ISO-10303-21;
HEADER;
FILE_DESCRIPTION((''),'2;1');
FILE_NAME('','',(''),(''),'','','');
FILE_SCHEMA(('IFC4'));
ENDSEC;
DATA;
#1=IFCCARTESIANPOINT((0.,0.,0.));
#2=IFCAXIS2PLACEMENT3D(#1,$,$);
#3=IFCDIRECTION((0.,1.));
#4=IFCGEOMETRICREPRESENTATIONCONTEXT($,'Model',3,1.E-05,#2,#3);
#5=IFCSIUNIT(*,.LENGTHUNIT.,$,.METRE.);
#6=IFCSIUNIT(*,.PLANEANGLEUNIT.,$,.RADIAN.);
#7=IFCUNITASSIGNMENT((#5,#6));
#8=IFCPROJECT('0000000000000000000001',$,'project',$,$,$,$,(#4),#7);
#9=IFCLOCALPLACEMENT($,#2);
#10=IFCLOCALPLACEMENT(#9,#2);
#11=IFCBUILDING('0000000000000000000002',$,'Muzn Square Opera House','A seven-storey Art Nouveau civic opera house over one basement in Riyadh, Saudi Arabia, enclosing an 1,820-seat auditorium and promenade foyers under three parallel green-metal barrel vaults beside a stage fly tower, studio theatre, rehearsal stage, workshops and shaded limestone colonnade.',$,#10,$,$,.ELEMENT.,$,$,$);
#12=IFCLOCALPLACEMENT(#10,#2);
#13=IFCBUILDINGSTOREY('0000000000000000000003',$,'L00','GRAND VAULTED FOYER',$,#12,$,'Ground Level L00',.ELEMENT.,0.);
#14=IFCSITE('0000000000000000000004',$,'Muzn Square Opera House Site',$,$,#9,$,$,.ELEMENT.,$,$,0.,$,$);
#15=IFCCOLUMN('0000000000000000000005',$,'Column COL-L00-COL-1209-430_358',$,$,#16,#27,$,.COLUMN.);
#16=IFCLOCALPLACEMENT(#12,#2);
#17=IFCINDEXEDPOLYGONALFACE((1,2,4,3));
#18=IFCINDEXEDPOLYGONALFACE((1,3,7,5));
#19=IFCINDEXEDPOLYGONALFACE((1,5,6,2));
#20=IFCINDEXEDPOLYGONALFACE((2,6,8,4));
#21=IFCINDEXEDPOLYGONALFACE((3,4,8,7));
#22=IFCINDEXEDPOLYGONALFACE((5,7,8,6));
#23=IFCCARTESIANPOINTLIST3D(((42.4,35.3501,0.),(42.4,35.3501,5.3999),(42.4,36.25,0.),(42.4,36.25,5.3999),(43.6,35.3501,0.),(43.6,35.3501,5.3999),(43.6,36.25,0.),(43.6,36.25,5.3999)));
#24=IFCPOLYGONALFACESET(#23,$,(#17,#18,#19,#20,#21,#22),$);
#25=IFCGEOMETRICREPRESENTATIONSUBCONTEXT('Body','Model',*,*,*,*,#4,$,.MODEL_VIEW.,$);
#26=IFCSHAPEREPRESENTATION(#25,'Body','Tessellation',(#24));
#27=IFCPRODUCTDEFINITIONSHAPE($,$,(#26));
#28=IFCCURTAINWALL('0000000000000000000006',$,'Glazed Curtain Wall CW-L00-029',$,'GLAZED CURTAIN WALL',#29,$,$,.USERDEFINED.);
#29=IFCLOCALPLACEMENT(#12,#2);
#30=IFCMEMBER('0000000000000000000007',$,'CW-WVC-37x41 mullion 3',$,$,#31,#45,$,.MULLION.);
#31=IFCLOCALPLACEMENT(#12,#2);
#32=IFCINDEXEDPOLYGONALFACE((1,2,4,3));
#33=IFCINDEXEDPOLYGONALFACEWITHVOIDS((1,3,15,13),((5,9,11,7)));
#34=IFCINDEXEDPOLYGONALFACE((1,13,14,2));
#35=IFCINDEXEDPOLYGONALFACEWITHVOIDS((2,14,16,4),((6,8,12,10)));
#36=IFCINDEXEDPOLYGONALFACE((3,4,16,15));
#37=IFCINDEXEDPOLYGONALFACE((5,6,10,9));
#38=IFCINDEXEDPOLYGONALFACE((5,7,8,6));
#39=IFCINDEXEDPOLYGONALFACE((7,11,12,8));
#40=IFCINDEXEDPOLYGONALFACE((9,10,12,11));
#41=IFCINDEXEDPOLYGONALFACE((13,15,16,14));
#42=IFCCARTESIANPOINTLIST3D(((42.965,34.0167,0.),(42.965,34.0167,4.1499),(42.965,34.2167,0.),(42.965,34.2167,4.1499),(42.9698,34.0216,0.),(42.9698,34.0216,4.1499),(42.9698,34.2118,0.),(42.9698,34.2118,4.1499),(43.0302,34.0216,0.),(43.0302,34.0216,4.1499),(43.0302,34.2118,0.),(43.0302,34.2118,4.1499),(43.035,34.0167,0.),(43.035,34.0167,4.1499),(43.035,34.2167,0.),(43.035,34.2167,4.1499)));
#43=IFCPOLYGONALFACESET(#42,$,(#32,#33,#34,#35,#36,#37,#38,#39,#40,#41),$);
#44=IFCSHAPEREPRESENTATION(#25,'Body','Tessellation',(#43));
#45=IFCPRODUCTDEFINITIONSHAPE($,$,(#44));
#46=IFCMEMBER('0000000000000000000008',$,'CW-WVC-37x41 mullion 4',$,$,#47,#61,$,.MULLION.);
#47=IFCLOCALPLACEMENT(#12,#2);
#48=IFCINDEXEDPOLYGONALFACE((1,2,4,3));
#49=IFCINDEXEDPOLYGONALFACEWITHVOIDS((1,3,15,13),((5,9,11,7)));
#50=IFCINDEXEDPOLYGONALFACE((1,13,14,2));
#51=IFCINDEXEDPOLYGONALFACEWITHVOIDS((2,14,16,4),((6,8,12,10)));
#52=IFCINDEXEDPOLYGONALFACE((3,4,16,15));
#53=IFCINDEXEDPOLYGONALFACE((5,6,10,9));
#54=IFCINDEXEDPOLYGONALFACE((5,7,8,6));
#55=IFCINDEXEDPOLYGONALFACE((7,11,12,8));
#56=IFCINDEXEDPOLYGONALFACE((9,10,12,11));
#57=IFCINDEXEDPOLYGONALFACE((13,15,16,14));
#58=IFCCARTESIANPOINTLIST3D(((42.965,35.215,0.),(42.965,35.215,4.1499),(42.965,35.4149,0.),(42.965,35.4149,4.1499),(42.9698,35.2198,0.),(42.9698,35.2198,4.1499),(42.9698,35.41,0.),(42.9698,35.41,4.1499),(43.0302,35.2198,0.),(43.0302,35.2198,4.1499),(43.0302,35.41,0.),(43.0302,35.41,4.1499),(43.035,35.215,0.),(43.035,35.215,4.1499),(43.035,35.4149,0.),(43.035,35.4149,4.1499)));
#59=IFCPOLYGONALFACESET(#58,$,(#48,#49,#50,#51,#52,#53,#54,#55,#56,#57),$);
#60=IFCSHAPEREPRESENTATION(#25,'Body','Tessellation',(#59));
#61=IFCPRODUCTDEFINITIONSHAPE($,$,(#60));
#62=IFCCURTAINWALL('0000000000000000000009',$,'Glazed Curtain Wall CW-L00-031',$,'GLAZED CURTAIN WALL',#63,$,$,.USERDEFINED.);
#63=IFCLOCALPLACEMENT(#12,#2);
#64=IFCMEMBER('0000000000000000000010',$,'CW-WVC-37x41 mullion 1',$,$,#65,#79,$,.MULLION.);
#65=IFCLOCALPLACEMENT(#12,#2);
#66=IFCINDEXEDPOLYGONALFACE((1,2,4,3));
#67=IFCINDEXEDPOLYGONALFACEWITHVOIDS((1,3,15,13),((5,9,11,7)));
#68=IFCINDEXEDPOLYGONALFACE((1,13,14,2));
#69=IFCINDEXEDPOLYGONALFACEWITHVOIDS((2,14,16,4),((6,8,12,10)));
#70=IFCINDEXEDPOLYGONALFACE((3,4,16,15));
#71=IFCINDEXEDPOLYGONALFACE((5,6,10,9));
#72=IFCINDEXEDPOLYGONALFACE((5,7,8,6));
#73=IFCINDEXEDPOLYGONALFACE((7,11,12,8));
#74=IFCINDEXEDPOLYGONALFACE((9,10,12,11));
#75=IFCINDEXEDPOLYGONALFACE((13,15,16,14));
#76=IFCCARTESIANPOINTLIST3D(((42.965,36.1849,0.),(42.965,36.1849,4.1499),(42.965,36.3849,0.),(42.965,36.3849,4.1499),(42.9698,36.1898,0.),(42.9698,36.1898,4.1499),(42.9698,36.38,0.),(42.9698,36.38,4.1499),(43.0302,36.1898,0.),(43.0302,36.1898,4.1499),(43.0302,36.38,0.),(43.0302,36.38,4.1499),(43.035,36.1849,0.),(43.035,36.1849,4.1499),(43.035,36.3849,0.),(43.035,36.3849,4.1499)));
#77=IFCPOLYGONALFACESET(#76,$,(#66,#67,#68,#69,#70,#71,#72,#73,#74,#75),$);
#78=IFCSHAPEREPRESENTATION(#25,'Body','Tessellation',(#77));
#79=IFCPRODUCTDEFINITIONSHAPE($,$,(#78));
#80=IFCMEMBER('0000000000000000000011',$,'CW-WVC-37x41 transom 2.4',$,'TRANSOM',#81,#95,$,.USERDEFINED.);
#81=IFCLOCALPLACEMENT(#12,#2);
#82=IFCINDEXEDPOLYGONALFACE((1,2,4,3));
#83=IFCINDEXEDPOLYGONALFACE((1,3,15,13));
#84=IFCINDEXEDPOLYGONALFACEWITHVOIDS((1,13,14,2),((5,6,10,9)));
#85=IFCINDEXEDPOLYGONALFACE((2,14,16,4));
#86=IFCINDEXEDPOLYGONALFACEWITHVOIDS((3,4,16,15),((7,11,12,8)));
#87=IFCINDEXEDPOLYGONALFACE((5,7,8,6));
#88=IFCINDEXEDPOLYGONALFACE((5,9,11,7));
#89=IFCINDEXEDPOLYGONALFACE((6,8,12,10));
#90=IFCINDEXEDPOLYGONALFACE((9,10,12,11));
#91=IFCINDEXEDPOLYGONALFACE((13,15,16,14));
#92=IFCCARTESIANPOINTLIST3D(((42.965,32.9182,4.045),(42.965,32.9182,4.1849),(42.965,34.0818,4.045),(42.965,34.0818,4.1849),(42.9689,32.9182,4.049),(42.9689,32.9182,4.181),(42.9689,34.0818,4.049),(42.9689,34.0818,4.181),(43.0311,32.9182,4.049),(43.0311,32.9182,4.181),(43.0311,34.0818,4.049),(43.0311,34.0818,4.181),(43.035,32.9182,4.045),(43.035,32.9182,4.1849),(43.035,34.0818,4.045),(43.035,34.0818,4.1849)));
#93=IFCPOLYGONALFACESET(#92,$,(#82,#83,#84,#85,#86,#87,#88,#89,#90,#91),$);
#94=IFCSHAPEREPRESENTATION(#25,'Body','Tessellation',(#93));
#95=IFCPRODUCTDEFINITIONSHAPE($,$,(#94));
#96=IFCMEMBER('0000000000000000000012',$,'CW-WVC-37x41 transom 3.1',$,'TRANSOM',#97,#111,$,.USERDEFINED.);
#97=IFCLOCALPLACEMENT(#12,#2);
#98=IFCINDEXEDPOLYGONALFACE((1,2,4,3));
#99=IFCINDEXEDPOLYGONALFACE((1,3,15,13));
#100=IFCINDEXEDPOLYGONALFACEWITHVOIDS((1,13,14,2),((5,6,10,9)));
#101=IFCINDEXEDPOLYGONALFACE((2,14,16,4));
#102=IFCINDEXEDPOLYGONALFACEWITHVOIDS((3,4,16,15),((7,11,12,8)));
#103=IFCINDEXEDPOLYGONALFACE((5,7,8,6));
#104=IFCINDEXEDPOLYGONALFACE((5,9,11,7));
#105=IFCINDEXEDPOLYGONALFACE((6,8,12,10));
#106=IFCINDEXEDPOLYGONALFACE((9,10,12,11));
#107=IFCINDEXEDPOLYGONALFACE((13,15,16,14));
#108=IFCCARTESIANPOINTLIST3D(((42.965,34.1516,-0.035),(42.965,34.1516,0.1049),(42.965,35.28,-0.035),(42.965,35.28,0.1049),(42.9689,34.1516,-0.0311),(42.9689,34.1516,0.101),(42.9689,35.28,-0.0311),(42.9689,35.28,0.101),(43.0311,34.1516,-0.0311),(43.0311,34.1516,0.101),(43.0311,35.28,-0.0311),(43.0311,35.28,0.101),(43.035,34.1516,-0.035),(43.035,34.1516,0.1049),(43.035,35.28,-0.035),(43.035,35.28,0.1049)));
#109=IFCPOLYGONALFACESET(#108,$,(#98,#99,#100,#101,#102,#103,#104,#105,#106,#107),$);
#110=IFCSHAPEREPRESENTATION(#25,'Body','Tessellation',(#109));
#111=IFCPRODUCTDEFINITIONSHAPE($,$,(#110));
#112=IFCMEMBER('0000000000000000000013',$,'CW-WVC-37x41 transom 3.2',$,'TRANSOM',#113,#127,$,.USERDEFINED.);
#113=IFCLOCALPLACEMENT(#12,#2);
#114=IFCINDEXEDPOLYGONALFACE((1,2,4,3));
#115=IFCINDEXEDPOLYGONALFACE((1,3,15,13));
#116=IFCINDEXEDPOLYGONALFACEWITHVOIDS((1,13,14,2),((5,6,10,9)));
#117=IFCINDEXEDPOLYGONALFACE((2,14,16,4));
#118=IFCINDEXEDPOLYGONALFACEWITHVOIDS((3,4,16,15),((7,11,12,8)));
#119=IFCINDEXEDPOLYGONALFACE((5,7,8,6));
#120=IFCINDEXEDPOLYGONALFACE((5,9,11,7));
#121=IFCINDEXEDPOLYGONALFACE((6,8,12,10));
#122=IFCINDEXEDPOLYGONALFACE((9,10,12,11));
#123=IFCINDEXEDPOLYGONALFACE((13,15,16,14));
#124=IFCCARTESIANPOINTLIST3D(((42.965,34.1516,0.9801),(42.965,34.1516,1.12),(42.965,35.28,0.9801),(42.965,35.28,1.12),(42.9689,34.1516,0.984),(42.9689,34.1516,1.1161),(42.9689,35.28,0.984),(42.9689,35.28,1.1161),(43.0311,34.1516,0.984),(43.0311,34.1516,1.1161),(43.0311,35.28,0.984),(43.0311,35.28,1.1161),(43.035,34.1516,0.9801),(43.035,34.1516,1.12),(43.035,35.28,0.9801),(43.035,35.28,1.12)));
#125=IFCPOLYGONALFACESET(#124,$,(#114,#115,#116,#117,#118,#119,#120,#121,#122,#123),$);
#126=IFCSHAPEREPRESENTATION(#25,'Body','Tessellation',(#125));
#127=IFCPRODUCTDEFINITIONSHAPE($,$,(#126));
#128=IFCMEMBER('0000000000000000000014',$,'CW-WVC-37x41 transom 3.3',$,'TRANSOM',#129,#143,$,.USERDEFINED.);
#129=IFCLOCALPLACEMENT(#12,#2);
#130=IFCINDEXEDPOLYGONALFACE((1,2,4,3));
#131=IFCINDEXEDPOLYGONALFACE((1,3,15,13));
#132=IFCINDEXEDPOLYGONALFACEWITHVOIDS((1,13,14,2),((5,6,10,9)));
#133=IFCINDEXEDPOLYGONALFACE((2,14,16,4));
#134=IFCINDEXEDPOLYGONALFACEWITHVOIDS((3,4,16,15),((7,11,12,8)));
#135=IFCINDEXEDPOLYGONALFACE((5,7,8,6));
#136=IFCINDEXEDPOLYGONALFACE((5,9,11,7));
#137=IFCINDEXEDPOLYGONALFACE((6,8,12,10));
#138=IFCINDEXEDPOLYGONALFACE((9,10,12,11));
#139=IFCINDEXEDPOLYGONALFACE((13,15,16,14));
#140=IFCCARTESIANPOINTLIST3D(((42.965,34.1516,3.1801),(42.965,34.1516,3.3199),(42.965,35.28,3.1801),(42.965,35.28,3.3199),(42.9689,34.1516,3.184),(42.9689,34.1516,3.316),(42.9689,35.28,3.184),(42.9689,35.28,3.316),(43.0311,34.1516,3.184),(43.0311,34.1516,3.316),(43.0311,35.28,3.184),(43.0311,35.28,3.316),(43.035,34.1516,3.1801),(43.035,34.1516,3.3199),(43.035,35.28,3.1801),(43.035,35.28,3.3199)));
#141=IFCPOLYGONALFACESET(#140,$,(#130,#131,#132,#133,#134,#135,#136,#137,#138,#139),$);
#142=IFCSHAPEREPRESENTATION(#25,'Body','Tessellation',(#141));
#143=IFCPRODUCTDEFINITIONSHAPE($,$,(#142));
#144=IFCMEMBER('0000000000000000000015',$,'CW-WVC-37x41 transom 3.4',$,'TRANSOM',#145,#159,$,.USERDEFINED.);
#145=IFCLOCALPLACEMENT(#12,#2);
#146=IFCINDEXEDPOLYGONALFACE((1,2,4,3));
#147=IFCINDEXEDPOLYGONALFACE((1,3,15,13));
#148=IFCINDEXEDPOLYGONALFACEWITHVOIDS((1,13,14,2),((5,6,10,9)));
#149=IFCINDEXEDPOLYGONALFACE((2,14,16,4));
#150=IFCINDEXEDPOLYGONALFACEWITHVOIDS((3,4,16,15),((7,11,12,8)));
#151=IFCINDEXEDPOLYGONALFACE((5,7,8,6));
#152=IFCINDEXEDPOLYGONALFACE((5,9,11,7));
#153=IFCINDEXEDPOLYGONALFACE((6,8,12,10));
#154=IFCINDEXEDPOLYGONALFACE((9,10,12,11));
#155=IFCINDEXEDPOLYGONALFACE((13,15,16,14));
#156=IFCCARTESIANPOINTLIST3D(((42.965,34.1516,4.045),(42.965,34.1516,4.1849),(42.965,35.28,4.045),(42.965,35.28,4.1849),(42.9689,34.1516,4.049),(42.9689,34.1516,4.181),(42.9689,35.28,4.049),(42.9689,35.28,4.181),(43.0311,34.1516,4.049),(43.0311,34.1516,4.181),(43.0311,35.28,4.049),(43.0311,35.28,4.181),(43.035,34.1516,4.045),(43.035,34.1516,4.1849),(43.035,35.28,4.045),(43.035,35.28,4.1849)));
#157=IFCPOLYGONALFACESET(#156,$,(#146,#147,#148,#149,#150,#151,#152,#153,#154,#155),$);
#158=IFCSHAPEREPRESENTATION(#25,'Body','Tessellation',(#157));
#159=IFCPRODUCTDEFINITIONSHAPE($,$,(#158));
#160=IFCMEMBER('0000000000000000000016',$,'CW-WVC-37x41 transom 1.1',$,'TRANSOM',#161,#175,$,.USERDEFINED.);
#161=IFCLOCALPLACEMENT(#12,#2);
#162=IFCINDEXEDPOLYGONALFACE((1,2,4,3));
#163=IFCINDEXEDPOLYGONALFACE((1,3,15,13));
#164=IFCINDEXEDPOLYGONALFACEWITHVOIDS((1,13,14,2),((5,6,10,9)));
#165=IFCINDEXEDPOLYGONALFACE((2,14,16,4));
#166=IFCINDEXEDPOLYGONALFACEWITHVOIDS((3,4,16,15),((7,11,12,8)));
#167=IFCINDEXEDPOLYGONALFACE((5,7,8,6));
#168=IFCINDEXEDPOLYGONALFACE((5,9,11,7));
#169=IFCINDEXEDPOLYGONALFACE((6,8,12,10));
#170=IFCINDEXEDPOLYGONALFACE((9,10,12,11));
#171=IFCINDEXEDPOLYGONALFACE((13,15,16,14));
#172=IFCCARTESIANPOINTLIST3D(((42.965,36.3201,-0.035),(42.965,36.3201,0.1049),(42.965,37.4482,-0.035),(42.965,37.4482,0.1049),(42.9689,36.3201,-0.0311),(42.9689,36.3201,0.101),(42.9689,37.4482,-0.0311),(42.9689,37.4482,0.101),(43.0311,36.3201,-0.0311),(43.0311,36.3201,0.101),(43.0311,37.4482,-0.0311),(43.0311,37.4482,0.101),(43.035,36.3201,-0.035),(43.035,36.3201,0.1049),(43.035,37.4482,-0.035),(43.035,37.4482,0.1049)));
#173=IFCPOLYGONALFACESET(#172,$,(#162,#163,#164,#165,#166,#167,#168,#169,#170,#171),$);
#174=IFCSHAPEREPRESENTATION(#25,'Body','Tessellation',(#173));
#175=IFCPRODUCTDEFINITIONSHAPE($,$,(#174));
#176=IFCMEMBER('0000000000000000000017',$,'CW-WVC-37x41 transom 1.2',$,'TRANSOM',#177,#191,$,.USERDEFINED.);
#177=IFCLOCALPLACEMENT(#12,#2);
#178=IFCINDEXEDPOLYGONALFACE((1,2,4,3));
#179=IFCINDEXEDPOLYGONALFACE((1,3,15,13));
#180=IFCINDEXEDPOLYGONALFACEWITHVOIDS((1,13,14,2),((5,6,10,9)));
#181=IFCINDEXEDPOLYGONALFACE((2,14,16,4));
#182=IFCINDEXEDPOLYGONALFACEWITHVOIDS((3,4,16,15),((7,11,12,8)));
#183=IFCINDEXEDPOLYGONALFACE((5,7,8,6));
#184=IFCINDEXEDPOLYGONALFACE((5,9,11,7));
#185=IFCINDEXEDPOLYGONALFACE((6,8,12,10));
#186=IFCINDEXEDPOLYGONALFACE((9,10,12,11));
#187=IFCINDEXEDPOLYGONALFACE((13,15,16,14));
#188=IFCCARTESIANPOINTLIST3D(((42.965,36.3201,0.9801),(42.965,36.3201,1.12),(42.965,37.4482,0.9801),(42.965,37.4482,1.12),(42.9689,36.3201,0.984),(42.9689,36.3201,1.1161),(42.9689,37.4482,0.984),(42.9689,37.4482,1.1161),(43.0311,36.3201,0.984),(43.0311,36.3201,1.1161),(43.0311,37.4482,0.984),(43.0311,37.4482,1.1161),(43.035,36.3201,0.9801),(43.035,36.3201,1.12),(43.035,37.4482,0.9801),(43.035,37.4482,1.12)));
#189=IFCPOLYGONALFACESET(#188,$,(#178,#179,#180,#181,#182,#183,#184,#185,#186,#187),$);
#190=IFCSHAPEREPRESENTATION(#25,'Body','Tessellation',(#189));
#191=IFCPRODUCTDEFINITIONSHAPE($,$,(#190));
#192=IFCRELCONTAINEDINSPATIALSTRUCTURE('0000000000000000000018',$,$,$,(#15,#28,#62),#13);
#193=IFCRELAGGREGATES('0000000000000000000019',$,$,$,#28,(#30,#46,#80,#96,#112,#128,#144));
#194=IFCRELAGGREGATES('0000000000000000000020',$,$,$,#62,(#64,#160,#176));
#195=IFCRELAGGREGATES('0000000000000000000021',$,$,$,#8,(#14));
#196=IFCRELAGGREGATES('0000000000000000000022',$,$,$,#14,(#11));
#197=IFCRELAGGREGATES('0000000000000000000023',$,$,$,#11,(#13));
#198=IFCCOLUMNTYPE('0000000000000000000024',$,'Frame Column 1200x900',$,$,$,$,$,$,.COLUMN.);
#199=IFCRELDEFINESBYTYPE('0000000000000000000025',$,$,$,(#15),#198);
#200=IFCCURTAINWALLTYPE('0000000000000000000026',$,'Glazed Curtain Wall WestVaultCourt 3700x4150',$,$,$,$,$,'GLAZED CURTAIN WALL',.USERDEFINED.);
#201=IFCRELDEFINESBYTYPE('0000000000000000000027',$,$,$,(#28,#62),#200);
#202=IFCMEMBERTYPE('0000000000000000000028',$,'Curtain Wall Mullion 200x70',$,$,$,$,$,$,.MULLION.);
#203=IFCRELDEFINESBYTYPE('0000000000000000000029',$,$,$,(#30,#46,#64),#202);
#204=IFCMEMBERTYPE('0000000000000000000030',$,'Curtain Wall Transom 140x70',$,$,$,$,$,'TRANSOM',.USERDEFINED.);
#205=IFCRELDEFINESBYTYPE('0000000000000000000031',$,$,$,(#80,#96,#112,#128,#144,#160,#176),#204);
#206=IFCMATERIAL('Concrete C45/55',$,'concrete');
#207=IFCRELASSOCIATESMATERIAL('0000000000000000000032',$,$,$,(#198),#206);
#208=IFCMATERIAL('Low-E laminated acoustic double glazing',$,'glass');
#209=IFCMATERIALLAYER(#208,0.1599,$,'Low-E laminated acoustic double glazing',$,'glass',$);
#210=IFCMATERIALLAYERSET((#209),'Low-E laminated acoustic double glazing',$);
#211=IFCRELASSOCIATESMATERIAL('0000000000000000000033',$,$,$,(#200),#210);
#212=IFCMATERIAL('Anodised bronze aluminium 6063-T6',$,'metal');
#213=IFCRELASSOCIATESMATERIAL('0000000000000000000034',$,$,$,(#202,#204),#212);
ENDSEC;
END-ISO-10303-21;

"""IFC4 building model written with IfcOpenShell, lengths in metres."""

from ifc_helpers import new_model, si_unit, direction, frame, origin, origin_2d, place, context, subcontext, project, spatial, rectangle, hollow_rectangle, extrude, material, layer, layer_set, material_profile, profile_set, type_object, element, aggregate, save


model = new_model("IFC4")

# Units and contexts
model_context = context("Model", 3, precision=1e-05, world=origin(), true_north=direction((0.0, 1.0)))
body_context = subcontext(model_context, "Body", "Model", "MODEL_VIEW")
ifc_project = project(units=[si_unit("LENGTHUNIT", "METRE"), si_unit("PLANEANGLEUNIT", "RADIAN")], contexts=[model_context])

# Site, building, storey
site_placement = place(None, origin())
site = spatial("IfcSite", under=ifc_project, at=site_placement, Name="Muzn Square Opera House Site", CompositionType="ELEMENT", RefElevation=0.0)
building_placement = place(site_placement, origin())
building = spatial("IfcBuilding", under=site, at=building_placement, Name="Muzn Square Opera House", Description="A seven-storey Art Nouveau civic opera house over one basement in Riyadh, Saudi Arabia, enclosing an 1,820-seat auditorium and promenade foyers under three parallel green-metal barrel vaults beside a stage fly tower, studio theatre, rehearsal stage, workshops and shaded limestone colonnade.", CompositionType="ELEMENT")
storey_placement = place(building_placement, origin())
storey = spatial("IfcBuildingStorey", under=building, at=storey_placement, Name="L00", Description="GRAND VAULTED FOYER", LongName="Ground Level L00", CompositionType="ELEMENT", Elevation=0.0)

# Column
ifc_material_1 = material(Name="Concrete C45/55", Category="concrete")
ifc_material_profile_1 = material_profile(ifc_material_1, rectangle(XDim=1.2, YDim=0.8999, at=origin_2d()), Name="RC 1200x900", Category="concrete")
ifc_profile_set_1 = profile_set([ifc_material_profile_1], Name="Concrete C45/55")
column_type = type_object("IfcColumnType", Name="Frame Column 1200x900", PredefinedType="COLUMN", material=ifc_profile_set_1)
column_placement = place(storey_placement, frame((43.0, 35.8, 0.0), z_axis=(0.0, 0.0, 1.0), x_axis=(1.0, 0.0, 0.0)))
element("IfcColumn", 1, at=column_placement, inside=storey, type_object=column_type, Name="Column COL-L00-COL-1209-430_358", PredefinedType="COLUMN", context=body_context, shape_type="SweptSolid", body=[
    extrude(rectangle(XDim=1.2, YDim=0.8999, at=origin_2d()), origin(), (0.0, 0.0, 1.0), 5.3999),
])

# Curtain wall, members
ifc_material_2 = material(Name="Low-E laminated acoustic double glazing", Category="glass")
ifc_layer_1 = layer(ifc_material_2, 0.1599, Name="Low-E laminated acoustic double glazing", Category="glass")
ifc_layer_set_1 = layer_set([ifc_layer_1], Name="Low-E laminated acoustic double glazing")
curtain_wall_type = type_object("IfcCurtainWallType", Name="Glazed Curtain Wall WestVaultCourt 3700x4150", ElementType="GLAZED CURTAIN WALL", PredefinedType="USERDEFINED", material=ifc_layer_set_1)
curtain_wall_1_placement = place(storey_placement, origin())
curtain_wall_1 = element("IfcCurtainWall", 2, at=curtain_wall_1_placement, inside=storey, type_object=curtain_wall_type, Name="Glazed Curtain Wall CW-L00-029", ObjectType="GLAZED CURTAIN WALL", PredefinedType="USERDEFINED")
ifc_material_3 = material(Name="Anodised bronze aluminium 6063-T6", Category="metal")
ifc_material_profile_2 = material_profile(ifc_material_3, hollow_rectangle(XDim=0.0701, YDim=0.2, WallThickness=0.0049, at=origin_2d()), Name="ALU 200x70x5", Category="metal")
ifc_profile_set_2 = profile_set([ifc_material_profile_2], Name="Anodised bronze aluminium 6063-T6")
member_type_1 = type_object("IfcMemberType", Name="Curtain Wall Mullion 200x70", PredefinedType="MULLION", material=ifc_profile_set_2)
member_1_placement = place(storey_placement, frame((43.0, 34.1167, 0.0), z_axis=(0.0, 0.0, 1.0), x_axis=(-1.0, 0.0, 0.0)))
member_1 = element("IfcMember", 3, at=member_1_placement, type_object=member_type_1, Name="CW-WVC-37x41 mullion 3", PredefinedType="MULLION", context=body_context, shape_type="SweptSolid", body=[
    extrude(hollow_rectangle(XDim=0.0701, YDim=0.2, WallThickness=0.0049, at=origin_2d()), origin(), (0.0, 0.0, 1.0), 4.1499),
])
member_2_placement = place(storey_placement, frame((43.0, 35.3149, 0.0), z_axis=(0.0, 0.0, 1.0), x_axis=(-1.0, 0.0, 0.0)))
member_2 = element("IfcMember", 4, at=member_2_placement, type_object=member_type_1, Name="CW-WVC-37x41 mullion 4", PredefinedType="MULLION", context=body_context, shape_type="SweptSolid", body=[
    extrude(hollow_rectangle(XDim=0.0701, YDim=0.2, WallThickness=0.0049, at=origin_2d()), origin(), (0.0, 0.0, 1.0), 4.1499),
])

# Curtain wall, member
curtain_wall_2_placement = place(storey_placement, origin())
curtain_wall_2 = element("IfcCurtainWall", 5, at=curtain_wall_2_placement, inside=storey, type_object=curtain_wall_type, Name="Glazed Curtain Wall CW-L00-031", ObjectType="GLAZED CURTAIN WALL", PredefinedType="USERDEFINED")
member_3_placement = place(storey_placement, frame((43.0, 36.2849, 0.0), z_axis=(0.0, 0.0, 1.0), x_axis=(-1.0, 0.0, 0.0)))
member_3 = element("IfcMember", 6, at=member_3_placement, type_object=member_type_1, Name="CW-WVC-37x41 mullion 1", PredefinedType="MULLION", context=body_context, shape_type="SweptSolid", body=[
    extrude(hollow_rectangle(XDim=0.0701, YDim=0.2, WallThickness=0.0049, at=origin_2d()), origin(), (0.0, 0.0, 1.0), 4.1499),
])

# Members
ifc_material_profile_3 = material_profile(ifc_material_3, hollow_rectangle(XDim=0.0701, YDim=0.1399, WallThickness=0.0039, at=origin_2d()), Name="ALU 140x70x4", Category="metal")
ifc_profile_set_3 = profile_set([ifc_material_profile_3], Name="Anodised bronze aluminium 6063-T6")
member_type_2 = type_object("IfcMemberType", Name="Curtain Wall Transom 140x70", ElementType="TRANSOM", PredefinedType="USERDEFINED", material=ifc_profile_set_3)
member_4_placement = place(storey_placement, frame((43.0, 32.9182, 4.115), z_axis=(0.0, 1.0, 0.0), x_axis=(-1.0, 0.0, 0.0)))
member_4 = element("IfcMember", 7, at=member_4_placement, type_object=member_type_2, Name="CW-WVC-37x41 transom 2.4", ObjectType="TRANSOM", PredefinedType="USERDEFINED", context=body_context, shape_type="SweptSolid", body=[
    extrude(hollow_rectangle(XDim=0.0701, YDim=0.1399, WallThickness=0.0039, at=origin_2d()), origin(), (0.0, 0.0, 1.0), 1.1636),
])
member_5_placement = place(storey_placement, frame((43.0, 34.1516, 0.0349), z_axis=(0.0, 1.0, 0.0), x_axis=(-1.0, 0.0, 0.0)))
member_5 = element("IfcMember", 8, at=member_5_placement, type_object=member_type_2, Name="CW-WVC-37x41 transom 3.1", ObjectType="TRANSOM", PredefinedType="USERDEFINED", context=body_context, shape_type="SweptSolid", body=[
    extrude(hollow_rectangle(XDim=0.0701, YDim=0.1399, WallThickness=0.0039, at=origin_2d()), origin(), (0.0, 0.0, 1.0), 1.1284),
])
member_6_placement = place(storey_placement, frame((43.0, 34.1516, 1.05), z_axis=(0.0, 1.0, 0.0), x_axis=(-1.0, 0.0, 0.0)))
member_6 = element("IfcMember", 9, at=member_6_placement, type_object=member_type_2, Name="CW-WVC-37x41 transom 3.2", ObjectType="TRANSOM", PredefinedType="USERDEFINED", context=body_context, shape_type="SweptSolid", body=[
    extrude(hollow_rectangle(XDim=0.0701, YDim=0.1399, WallThickness=0.0039, at=origin_2d()), origin(), (0.0, 0.0, 1.0), 1.1284),
])
member_7_placement = place(storey_placement, frame((43.0, 34.1516, 3.25), z_axis=(0.0, 1.0, 0.0), x_axis=(-1.0, 0.0, 0.0)))
member_7 = element("IfcMember", 10, at=member_7_placement, type_object=member_type_2, Name="CW-WVC-37x41 transom 3.3", ObjectType="TRANSOM", PredefinedType="USERDEFINED", context=body_context, shape_type="SweptSolid", body=[
    extrude(hollow_rectangle(XDim=0.0701, YDim=0.1399, WallThickness=0.0039, at=origin_2d()), origin(), (0.0, 0.0, 1.0), 1.1284),
])
member_8_placement = place(storey_placement, frame((43.0, 34.1516, 4.115), z_axis=(0.0, 1.0, 0.0), x_axis=(-1.0, 0.0, 0.0)))
member_8 = element("IfcMember", 11, at=member_8_placement, type_object=member_type_2, Name="CW-WVC-37x41 transom 3.4", ObjectType="TRANSOM", PredefinedType="USERDEFINED", context=body_context, shape_type="SweptSolid", body=[
    extrude(hollow_rectangle(XDim=0.0701, YDim=0.1399, WallThickness=0.0039, at=origin_2d()), origin(), (0.0, 0.0, 1.0), 1.1284),
])
member_9_placement = place(storey_placement, frame((43.0, 36.3201, 0.0349), z_axis=(0.0, 1.0, 0.0), x_axis=(-1.0, 0.0, 0.0)))
member_9 = element("IfcMember", 12, at=member_9_placement, type_object=member_type_2, Name="CW-WVC-37x41 transom 1.1", ObjectType="TRANSOM", PredefinedType="USERDEFINED", context=body_context, shape_type="SweptSolid", body=[
    extrude(hollow_rectangle(XDim=0.0701, YDim=0.1399, WallThickness=0.0039, at=origin_2d()), origin(), (0.0, 0.0, 1.0), 1.1282),
])
member_10_placement = place(storey_placement, frame((43.0, 36.3201, 1.05), z_axis=(0.0, 1.0, 0.0), x_axis=(-1.0, 0.0, 0.0)))
member_10 = element("IfcMember", 13, at=member_10_placement, type_object=member_type_2, Name="CW-WVC-37x41 transom 1.2", ObjectType="TRANSOM", PredefinedType="USERDEFINED", context=body_context, shape_type="SweptSolid", body=[
    extrude(hollow_rectangle(XDim=0.0701, YDim=0.1399, WallThickness=0.0039, at=origin_2d()), origin(), (0.0, 0.0, 1.0), 1.1282),
])

aggregate(curtain_wall_1, [member_1, member_2, member_4, member_5, member_6, member_7, member_8])
aggregate(curtain_wall_2, [member_3, member_9, member_10])

save(model, "model.ifc")
